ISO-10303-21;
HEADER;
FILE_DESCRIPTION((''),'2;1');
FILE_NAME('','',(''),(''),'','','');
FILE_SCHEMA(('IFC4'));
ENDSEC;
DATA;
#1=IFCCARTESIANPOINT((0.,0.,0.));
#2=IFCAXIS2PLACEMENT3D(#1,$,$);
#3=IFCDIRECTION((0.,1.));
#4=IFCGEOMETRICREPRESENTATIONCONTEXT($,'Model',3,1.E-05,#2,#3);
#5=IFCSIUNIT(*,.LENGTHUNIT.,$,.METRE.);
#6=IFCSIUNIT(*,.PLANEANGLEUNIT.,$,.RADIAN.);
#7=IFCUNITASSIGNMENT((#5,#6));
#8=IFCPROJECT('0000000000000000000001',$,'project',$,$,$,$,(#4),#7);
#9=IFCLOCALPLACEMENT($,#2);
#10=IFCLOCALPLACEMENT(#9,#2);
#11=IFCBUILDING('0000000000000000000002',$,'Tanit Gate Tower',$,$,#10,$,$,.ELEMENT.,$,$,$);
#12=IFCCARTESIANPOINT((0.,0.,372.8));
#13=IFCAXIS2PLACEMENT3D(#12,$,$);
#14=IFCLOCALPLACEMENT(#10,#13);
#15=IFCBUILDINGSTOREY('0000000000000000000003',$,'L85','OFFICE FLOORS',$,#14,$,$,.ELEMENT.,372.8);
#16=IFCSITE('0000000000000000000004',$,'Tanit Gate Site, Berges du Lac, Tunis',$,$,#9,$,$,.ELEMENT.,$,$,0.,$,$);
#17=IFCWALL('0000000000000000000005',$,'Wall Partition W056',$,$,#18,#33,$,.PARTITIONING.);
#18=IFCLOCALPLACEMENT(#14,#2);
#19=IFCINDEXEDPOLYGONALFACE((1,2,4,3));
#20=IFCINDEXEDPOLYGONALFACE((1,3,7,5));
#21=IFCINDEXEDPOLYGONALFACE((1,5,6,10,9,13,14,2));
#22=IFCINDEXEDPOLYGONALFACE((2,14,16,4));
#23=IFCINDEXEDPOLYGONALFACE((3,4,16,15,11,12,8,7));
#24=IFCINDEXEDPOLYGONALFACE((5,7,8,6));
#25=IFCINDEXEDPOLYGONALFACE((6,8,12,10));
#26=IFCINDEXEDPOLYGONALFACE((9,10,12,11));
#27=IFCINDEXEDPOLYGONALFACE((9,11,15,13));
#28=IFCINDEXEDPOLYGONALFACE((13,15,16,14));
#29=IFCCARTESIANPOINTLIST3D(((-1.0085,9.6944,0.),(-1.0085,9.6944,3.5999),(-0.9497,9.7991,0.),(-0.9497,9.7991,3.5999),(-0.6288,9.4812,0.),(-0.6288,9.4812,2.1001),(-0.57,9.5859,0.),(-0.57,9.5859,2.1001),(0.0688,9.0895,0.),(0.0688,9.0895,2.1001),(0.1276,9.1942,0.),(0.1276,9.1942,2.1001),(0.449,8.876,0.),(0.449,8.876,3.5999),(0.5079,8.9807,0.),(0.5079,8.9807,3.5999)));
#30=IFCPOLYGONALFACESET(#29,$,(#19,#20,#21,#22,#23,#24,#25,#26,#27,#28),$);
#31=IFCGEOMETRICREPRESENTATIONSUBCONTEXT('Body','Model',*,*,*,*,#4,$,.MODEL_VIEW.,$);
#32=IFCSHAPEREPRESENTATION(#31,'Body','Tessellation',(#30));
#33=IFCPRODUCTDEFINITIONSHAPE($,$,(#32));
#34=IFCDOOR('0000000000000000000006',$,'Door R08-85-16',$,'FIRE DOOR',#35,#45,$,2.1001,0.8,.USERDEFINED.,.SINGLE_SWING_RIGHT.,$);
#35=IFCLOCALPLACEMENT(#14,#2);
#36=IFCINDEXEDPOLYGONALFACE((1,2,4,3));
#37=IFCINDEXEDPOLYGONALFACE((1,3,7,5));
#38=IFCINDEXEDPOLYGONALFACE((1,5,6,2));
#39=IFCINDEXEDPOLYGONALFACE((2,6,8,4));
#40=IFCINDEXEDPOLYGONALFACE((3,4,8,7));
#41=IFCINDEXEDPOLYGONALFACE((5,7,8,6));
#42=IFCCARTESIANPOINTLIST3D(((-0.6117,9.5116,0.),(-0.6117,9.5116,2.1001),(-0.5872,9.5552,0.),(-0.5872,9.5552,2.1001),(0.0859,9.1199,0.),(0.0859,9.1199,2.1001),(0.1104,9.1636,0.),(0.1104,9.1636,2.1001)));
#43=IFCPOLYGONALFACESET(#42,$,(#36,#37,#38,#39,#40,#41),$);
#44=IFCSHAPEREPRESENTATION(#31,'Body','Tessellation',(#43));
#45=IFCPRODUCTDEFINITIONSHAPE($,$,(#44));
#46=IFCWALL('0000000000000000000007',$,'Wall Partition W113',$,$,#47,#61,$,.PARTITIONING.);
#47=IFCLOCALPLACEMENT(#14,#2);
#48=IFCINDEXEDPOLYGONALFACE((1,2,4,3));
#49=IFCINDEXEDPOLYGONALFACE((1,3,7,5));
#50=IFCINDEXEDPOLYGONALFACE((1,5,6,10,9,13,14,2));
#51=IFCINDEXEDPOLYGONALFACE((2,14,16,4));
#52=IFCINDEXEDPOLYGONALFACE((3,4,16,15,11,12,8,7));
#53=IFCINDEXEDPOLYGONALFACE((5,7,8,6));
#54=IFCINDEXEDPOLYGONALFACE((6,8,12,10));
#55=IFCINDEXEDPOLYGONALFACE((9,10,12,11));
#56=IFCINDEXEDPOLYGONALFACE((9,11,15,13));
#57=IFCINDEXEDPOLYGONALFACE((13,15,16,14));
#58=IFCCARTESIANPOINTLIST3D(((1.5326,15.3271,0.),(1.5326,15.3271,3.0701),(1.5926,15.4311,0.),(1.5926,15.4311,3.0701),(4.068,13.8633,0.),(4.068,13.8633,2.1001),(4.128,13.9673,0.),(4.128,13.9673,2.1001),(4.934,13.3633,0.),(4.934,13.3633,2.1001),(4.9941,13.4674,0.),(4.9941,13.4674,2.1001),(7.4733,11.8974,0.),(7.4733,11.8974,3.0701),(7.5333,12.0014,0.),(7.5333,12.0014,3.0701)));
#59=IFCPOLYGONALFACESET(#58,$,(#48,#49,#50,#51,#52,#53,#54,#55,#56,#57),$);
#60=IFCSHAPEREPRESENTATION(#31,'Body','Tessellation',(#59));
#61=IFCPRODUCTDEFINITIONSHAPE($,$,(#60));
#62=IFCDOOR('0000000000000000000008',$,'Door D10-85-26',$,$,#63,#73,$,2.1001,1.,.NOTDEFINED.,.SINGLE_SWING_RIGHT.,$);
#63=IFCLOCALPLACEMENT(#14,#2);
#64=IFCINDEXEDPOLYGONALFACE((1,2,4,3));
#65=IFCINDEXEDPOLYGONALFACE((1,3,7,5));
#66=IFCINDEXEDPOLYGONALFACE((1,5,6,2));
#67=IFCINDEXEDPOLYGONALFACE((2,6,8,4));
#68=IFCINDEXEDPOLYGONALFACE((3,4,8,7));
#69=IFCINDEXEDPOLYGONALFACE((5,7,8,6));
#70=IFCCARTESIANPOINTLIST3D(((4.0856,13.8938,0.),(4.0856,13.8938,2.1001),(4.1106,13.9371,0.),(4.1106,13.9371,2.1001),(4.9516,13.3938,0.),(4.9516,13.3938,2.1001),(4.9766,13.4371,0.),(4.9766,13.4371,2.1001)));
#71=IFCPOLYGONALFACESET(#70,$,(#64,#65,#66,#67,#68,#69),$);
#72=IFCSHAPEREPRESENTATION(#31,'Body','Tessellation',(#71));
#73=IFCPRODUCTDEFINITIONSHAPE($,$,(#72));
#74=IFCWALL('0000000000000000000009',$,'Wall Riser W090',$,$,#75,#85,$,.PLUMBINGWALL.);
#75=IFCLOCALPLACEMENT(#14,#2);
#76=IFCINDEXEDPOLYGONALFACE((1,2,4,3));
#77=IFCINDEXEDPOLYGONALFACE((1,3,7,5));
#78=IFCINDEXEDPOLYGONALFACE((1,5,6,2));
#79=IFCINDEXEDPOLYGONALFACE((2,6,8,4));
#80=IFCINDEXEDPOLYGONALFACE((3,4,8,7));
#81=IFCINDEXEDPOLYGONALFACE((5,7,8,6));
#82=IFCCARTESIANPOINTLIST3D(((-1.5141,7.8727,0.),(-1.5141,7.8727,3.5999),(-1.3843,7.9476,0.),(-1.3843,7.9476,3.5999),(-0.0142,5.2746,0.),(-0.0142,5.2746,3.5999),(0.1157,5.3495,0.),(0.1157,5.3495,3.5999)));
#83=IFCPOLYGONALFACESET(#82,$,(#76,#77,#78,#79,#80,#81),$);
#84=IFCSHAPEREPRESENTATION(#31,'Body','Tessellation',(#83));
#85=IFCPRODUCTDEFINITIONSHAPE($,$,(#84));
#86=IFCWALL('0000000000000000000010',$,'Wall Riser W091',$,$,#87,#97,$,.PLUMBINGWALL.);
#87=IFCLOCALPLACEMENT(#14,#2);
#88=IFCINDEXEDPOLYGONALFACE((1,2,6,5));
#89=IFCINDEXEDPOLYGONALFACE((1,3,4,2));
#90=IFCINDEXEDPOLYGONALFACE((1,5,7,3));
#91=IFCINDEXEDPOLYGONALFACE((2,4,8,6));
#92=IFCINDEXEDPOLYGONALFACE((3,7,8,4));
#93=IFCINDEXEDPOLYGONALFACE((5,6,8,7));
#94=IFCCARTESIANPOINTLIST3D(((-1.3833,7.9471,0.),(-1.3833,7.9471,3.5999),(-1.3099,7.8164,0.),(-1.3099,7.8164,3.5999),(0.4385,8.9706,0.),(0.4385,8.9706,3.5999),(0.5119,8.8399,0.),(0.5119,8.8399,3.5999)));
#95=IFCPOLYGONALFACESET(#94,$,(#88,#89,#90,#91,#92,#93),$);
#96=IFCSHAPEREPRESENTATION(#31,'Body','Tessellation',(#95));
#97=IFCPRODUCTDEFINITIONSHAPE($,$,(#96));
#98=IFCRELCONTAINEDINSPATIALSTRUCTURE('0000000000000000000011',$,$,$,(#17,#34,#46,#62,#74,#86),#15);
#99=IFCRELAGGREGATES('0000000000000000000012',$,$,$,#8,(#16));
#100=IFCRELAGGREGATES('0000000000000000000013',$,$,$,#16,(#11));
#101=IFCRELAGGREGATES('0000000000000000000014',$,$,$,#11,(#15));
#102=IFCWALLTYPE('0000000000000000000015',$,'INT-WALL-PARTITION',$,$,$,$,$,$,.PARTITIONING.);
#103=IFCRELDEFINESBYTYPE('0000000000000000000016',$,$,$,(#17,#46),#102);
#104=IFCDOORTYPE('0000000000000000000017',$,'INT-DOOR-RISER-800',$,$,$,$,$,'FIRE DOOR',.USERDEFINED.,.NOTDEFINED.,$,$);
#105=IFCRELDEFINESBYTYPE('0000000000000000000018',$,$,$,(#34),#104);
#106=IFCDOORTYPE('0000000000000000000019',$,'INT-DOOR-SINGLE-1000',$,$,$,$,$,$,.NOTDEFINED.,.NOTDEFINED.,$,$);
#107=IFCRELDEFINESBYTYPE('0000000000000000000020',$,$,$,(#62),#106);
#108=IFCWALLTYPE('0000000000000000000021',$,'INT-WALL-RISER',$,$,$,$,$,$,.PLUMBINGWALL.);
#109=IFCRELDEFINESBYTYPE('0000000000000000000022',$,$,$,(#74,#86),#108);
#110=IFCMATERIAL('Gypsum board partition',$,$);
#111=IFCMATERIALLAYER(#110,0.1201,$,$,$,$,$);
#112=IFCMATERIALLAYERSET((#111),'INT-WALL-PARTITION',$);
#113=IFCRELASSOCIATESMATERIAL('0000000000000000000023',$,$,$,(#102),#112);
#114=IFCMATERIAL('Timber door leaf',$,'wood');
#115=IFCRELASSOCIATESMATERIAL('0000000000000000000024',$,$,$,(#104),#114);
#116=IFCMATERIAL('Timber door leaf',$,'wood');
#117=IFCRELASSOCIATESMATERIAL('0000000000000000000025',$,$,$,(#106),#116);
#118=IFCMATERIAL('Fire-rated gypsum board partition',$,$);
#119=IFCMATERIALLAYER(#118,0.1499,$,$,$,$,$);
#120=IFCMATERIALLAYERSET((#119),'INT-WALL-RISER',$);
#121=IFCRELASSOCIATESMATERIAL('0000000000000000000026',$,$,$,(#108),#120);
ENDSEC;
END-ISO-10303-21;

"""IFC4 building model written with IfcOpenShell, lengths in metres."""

from ifc_helpers import new_model, si_unit, direction, frame, frame_2d, origin, place, context, subcontext, project, spatial, rectangle, extrude, material, layer, layer_set, type_object, element, fill, save


model = new_model("IFC4")

# Units and contexts
model_context = context("Model", 3, precision=1e-05, world=origin(), true_north=direction((0.0, 1.0)))
body_context = subcontext(model_context, "Body", "Model", "MODEL_VIEW")
ifc_project = project(units=[si_unit("LENGTHUNIT", "METRE"), si_unit("PLANEANGLEUNIT", "RADIAN")], contexts=[model_context])

# Site, building, storey
site_placement = place(None, origin())
site = spatial("IfcSite", under=ifc_project, at=site_placement, Name="Tanit Gate Site, Berges du Lac, Tunis", CompositionType="ELEMENT", RefElevation=0.0)
building_placement = place(site_placement, origin())
building = spatial("IfcBuilding", under=site, at=building_placement, Name="Tanit Gate Tower", CompositionType="ELEMENT")
storey_placement = place(building_placement, frame((0.0, 0.0, 372.8)))
storey = spatial("IfcBuildingStorey", under=building, at=storey_placement, Name="L85", Description="OFFICE FLOORS", CompositionType="ELEMENT", Elevation=372.8)

# Shared definitions
ifc_material_1 = material(Name="Gypsum board partition")
ifc_layer_1 = layer(ifc_material_1, 0.1201)
ifc_layer_set_1 = layer_set([ifc_layer_1], Name="INT-WALL-PARTITION")
wall_type_1 = type_object("IfcWallType", Name="INT-WALL-PARTITION", PredefinedType="PARTITIONING", material=ifc_layer_set_1)
ifc_material_2 = material(Name="Timber door leaf", Category="wood")
door_type_1 = type_object("IfcDoorType", Name="INT-DOOR-RISER-800", ElementType="FIRE DOOR", OperationType="NOTDEFINED", PredefinedType="USERDEFINED", material=ifc_material_2)

# Walls, openings, doors
wall_1_placement = place(storey_placement, frame((-0.9792, 9.7468, 0.0), z_axis=(0.0, 0.0, 1.0), x_axis=(0.871958, -0.489582, 0.0)))
wall_1 = element("IfcWall", 1, at=wall_1_placement, inside=storey, type_object=wall_type_1, Name="Wall Partition W056", PredefinedType="PARTITIONING", context=body_context, shape_type="SweptSolid", body=[
    extrude(rectangle(XDim=1.6716, YDim=0.1201, at=frame_2d((0.8359, 0.0))), origin(), (0.0, 0.0, 1.0), 3.5999),
])
opening_1_placement = place(wall_1_placement, frame((0.4358, 0.0, 0.0)))
opening_1 = element("IfcOpeningElement", 2, at=opening_1_placement, cuts=wall_1, PredefinedType="OPENING", context=body_context, shape_type="SweptSolid", body=[
    extrude(rectangle(XDim=0.8, YDim=2.1001, at=frame_2d((0.3999, 1.05))), frame((0.0, 0.0701, 0.0), z_axis=(0.0, -1.0, 0.0), x_axis=(1.0, 0.0, 0.0)), (0.0, 0.0, 1.0), 0.1401),
])
door_1_placement = place(opening_1_placement, origin())
door_1 = element("IfcDoor", 3, at=door_1_placement, inside=storey, type_object=door_type_1, Name="Door R08-85-16", ObjectType="FIRE DOOR", OperationType="SINGLE_SWING_RIGHT", OverallHeight=2.1001, OverallWidth=0.8, PredefinedType="USERDEFINED", context=body_context, shape_type="SweptSolid", body=[
    extrude(rectangle(XDim=0.8, YDim=2.1001, at=frame_2d((0.3999, 1.05))), frame((0.0, 0.0249, 0.0), z_axis=(0.0, -1.0, 0.0), x_axis=(1.0, 0.0, 0.0)), (0.0, 0.0, 1.0), 0.05),
])
fill(opening_1, door_1)
wall_2_placement = place(storey_placement, frame((7.5032, 11.9495, 0.0), z_axis=(0.0, 0.0, 1.0), x_axis=(-0.866036, 0.499982, 0.0)))
wall_2 = element("IfcWall", 4, at=wall_2_placement, inside=storey, type_object=wall_type_1, Name="Wall Partition W113", PredefinedType="PARTITIONING", context=body_context, shape_type="SweptSolid", body=[
    extrude(rectangle(XDim=6.8596, YDim=0.1201, at=frame_2d((3.4297, 0.0))), origin(), (0.0, 0.0, 1.0), 3.0701),
])
opening_2_placement = place(wall_2_placement, frame((2.9319, 0.0, 0.0)))
opening_2 = element("IfcOpeningElement", 5, at=opening_2_placement, cuts=wall_2, PredefinedType="OPENING", context=body_context, shape_type="SweptSolid", body=[
    extrude(rectangle(XDim=1.0, YDim=2.1001, at=frame_2d((0.5, 1.05))), frame((0.0, 0.0701, 0.0), z_axis=(0.0, -1.0, 0.0), x_axis=(1.0, 0.0, 0.0)), (0.0, 0.0, 1.0), 0.1401),
])
ifc_material_3 = material(Name="Timber door leaf", Category="wood")
door_type_2 = type_object("IfcDoorType", Name="INT-DOOR-SINGLE-1000", OperationType="NOTDEFINED", PredefinedType="NOTDEFINED", material=ifc_material_3)
door_2_placement = place(opening_2_placement, origin())
door_2 = element("IfcDoor", 6, at=door_2_placement, inside=storey, type_object=door_type_2, Name="Door D10-85-26", OperationType="SINGLE_SWING_RIGHT", OverallHeight=2.1001, OverallWidth=1.0, PredefinedType="NOTDEFINED", context=body_context, shape_type="SweptSolid", body=[
    extrude(rectangle(XDim=1.0, YDim=2.1001, at=frame_2d((0.5, 1.05))), frame((0.0, 0.0249, 0.0), z_axis=(0.0, -1.0, 0.0), x_axis=(1.0, 0.0, 0.0)), (0.0, 0.0, 1.0), 0.05),
])
fill(opening_2, door_2)

# Walls
ifc_material_4 = material(Name="Fire-rated gypsum board partition")
ifc_layer_2 = layer(ifc_material_4, 0.1499)
ifc_layer_set_2 = layer_set([ifc_layer_2], Name="INT-WALL-RISER")
wall_type_2 = type_object("IfcWallType", Name="INT-WALL-RISER", PredefinedType="PLUMBINGWALL", material=ifc_layer_set_2)
wall_3_placement = place(storey_placement, frame((-1.4492, 7.9102, 0.0), z_axis=(0.0, 0.0, 1.0), x_axis=(0.49999, -0.866031, 0.0)))
element("IfcWall", 7, at=wall_3_placement, inside=storey, type_object=wall_type_2, Name="Wall Riser W090", PredefinedType="PLUMBINGWALL", context=body_context, shape_type="SweptSolid", body=[
    extrude(rectangle(XDim=3.0, YDim=0.1499, at=frame_2d((1.5, 0.0))), origin(), (0.0, 0.0, 1.0), 3.5999),
])
wall_4_placement = place(storey_placement, frame((0.4753, 8.9053, 0.0), z_axis=(0.0, 0.0, 1.0), x_axis=(-0.871844, -0.489784, 0.0)))
element("IfcWall", 8, at=wall_4_placement, inside=storey, type_object=wall_type_2, Name="Wall Riser W091", PredefinedType="PLUMBINGWALL", context=body_context, shape_type="SweptSolid", body=[
    extrude(rectangle(XDim=2.0896, YDim=0.1499, at=frame_2d((1.0449, 0.0))), origin(), (0.0, 0.0, 1.0), 3.5999),
])

save(model, "model.ifc")
